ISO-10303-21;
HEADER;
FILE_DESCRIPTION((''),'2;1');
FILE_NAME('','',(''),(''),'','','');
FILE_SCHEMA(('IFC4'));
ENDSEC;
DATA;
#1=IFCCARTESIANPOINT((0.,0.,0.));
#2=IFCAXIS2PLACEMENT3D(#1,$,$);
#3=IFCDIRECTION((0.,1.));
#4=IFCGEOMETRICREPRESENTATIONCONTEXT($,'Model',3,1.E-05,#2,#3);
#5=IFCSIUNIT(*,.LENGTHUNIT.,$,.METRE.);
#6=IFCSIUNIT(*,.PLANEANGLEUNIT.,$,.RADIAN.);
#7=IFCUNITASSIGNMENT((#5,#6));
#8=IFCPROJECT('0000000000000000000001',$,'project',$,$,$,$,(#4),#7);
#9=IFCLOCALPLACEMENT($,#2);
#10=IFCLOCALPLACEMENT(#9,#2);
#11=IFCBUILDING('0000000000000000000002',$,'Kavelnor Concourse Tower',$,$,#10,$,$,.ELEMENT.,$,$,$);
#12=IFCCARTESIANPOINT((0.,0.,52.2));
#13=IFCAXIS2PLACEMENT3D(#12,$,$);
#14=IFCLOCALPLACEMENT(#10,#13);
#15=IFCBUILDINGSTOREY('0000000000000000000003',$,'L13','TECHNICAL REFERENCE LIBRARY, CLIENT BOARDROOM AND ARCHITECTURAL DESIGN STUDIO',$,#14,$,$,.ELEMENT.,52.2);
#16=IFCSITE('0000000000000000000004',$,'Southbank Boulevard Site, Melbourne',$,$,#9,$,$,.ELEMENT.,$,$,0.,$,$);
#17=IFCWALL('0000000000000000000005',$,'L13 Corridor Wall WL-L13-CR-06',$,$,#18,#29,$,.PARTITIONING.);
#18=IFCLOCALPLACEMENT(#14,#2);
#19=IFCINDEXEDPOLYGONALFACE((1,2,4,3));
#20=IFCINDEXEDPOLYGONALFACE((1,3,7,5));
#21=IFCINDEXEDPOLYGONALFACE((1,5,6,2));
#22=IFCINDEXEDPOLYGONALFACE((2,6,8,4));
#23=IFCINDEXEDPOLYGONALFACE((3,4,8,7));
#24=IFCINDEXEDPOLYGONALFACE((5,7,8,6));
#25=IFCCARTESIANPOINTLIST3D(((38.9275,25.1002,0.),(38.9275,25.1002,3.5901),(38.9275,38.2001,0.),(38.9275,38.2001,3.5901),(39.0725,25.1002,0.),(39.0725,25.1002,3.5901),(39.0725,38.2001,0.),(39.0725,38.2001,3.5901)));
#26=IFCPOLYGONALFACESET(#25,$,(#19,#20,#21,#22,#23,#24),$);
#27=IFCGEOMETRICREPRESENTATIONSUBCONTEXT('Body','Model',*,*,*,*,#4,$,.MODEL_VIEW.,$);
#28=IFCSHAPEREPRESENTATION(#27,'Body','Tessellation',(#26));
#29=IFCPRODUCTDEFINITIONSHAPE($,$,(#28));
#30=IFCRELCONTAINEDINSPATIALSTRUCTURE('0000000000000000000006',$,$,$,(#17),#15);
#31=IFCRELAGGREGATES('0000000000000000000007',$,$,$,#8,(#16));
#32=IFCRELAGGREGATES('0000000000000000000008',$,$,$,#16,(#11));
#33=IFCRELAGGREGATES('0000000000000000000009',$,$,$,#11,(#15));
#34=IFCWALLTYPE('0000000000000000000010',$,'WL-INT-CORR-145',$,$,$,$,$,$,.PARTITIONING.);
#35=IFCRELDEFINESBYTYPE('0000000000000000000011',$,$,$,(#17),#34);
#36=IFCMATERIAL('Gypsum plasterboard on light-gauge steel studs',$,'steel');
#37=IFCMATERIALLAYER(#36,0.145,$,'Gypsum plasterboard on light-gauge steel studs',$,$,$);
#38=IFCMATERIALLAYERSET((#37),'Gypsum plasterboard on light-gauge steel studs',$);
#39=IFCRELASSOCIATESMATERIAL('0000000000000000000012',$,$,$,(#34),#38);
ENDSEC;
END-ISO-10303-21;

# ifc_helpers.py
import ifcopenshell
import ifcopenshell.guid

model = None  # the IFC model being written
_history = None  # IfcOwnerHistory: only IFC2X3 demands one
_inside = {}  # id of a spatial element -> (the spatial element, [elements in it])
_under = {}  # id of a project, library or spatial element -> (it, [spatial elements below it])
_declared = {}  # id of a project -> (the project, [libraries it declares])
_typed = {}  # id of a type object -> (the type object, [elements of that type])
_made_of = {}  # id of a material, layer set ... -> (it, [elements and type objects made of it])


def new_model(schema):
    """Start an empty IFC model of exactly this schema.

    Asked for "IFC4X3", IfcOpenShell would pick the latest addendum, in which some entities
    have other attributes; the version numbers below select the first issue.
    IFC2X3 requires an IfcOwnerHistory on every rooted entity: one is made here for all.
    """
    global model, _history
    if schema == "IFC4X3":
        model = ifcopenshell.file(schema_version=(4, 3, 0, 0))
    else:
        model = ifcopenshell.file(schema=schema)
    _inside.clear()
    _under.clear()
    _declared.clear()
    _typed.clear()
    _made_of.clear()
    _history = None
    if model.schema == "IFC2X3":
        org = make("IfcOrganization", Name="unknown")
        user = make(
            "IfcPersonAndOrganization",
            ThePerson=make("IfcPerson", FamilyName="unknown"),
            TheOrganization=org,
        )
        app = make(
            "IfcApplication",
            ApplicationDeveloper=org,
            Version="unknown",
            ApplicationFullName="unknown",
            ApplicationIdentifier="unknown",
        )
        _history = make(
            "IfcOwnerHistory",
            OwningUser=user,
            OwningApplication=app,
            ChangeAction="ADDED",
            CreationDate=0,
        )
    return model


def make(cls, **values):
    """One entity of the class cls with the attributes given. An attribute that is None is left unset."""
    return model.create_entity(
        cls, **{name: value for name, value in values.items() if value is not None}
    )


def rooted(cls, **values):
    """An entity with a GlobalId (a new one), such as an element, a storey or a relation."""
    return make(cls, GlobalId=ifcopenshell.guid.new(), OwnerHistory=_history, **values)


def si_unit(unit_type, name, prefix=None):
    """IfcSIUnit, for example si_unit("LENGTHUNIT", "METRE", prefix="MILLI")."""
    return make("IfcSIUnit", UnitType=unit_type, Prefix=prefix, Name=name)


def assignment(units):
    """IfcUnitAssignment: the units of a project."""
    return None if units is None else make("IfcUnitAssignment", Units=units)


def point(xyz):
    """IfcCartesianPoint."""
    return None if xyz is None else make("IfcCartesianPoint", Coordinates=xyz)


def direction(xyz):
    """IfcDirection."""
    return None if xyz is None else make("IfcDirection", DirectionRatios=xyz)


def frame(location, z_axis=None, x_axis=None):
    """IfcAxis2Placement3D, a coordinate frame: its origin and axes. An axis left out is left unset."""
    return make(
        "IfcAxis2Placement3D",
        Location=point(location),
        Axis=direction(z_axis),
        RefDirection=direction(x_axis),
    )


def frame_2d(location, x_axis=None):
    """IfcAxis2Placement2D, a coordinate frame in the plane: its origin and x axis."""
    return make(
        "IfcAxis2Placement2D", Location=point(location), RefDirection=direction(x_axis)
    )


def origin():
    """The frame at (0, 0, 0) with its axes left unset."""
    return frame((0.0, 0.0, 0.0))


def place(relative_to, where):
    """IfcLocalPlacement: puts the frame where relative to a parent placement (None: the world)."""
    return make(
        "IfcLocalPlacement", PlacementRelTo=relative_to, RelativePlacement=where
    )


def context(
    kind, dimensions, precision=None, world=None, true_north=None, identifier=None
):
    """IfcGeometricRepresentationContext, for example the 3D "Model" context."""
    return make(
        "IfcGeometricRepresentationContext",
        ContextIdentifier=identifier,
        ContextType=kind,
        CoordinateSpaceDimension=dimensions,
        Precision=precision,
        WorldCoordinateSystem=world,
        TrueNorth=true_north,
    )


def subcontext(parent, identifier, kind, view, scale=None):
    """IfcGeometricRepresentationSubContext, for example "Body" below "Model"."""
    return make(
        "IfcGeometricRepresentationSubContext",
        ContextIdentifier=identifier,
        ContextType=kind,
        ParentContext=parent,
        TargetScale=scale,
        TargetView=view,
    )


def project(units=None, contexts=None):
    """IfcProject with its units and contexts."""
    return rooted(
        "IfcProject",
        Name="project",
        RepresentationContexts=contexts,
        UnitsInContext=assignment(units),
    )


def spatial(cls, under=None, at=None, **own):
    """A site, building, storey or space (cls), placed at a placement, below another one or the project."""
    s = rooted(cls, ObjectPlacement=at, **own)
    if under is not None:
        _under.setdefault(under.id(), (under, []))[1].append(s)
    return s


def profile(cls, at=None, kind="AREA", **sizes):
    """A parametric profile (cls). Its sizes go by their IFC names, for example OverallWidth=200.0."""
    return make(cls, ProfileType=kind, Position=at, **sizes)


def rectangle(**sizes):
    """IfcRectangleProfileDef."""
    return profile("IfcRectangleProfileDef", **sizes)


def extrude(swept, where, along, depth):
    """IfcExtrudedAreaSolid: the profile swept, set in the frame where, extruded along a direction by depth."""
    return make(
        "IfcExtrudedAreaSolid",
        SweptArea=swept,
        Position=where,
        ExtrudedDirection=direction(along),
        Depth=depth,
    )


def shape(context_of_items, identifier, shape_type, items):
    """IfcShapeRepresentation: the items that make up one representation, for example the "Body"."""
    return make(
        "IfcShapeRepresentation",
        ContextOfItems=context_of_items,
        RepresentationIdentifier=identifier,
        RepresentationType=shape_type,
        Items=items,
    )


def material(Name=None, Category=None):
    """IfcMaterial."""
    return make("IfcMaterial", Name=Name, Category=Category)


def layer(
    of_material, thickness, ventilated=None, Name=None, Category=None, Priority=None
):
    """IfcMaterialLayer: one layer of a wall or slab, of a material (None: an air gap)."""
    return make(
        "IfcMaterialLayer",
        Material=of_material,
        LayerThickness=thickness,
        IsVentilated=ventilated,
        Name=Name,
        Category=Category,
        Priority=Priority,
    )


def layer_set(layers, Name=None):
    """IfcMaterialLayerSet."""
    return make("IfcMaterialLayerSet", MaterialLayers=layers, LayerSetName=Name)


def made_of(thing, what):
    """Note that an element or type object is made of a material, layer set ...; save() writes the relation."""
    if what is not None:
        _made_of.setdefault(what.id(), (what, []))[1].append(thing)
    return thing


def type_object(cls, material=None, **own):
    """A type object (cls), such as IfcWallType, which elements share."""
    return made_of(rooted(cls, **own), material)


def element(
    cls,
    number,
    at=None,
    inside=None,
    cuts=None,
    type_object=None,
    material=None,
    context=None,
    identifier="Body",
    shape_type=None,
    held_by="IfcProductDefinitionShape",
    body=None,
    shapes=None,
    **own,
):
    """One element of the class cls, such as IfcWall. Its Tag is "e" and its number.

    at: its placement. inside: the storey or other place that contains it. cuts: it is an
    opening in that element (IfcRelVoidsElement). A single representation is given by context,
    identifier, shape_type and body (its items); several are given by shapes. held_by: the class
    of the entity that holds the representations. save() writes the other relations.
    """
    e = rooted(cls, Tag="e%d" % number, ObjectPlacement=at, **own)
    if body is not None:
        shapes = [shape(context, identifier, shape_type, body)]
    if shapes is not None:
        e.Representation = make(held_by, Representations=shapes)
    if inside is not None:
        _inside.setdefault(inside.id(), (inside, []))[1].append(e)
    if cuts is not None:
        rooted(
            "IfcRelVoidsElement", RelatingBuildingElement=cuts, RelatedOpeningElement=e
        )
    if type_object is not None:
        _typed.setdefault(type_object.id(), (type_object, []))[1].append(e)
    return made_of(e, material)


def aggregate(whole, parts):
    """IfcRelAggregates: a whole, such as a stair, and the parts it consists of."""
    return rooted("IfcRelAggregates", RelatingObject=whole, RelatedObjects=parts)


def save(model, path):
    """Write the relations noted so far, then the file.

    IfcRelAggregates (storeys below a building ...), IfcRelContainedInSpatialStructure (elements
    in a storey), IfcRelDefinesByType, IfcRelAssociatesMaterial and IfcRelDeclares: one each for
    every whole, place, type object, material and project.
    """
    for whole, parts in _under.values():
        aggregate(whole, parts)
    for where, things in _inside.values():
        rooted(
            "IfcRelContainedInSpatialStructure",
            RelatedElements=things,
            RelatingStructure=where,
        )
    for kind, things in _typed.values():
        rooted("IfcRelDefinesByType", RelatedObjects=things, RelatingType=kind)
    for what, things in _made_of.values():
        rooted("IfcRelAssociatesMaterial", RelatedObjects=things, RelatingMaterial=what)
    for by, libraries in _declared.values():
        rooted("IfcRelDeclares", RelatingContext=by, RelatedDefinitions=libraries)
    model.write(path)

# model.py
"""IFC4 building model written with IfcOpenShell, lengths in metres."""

from ifc_helpers import new_model, si_unit, direction, frame, frame_2d, origin, place, context, subcontext, project, spatial, rectangle, extrude, material, layer, layer_set, type_object, element, save


model = new_model("IFC4")

# Units and contexts
model_context = context("Model", 3, precision=1e-05, world=origin(), true_north=direction((0.0, 1.0)))
body_context = subcontext(model_context, "Body", "Model", "MODEL_VIEW")
ifc_project = project(units=[si_unit("LENGTHUNIT", "METRE"), si_unit("PLANEANGLEUNIT", "RADIAN")], contexts=[model_context])

# Site, building, storey
site_placement = place(None, origin())
site = spatial("IfcSite", under=ifc_project, at=site_placement, Name="Southbank Boulevard Site, Melbourne", CompositionType="ELEMENT", RefElevation=0.0)
building_placement = place(site_placement, origin())
building = spatial("IfcBuilding", under=site, at=building_placement, Name="Kavelnor Concourse Tower", CompositionType="ELEMENT")
storey_placement = place(building_placement, frame((0.0, 0.0, 52.2)))
storey = spatial("IfcBuildingStorey", under=building, at=storey_placement, Name="L13", Description="TECHNICAL REFERENCE LIBRARY, CLIENT BOARDROOM AND ARCHITECTURAL DESIGN STUDIO", CompositionType="ELEMENT", Elevation=52.2)

# Wall
ifc_material_1 = material(Name="Gypsum plasterboard on light-gauge steel studs", Category="steel")
ifc_layer_1 = layer(ifc_material_1, 0.145, Name="Gypsum plasterboard on light-gauge steel studs")
ifc_layer_set_1 = layer_set([ifc_layer_1], Name="Gypsum plasterboard on light-gauge steel studs")
wall_type_1 = type_object("IfcWallType", Name="WL-INT-CORR-145", PredefinedType="PARTITIONING", material=ifc_layer_set_1)
wall_1_placement = place(storey_placement, frame((39.0, 38.2, 0.0), z_axis=(0.0, 0.0, 1.0), x_axis=(0.0, -1.0, 0.0)))
element("IfcWall", 1, at=wall_1_placement, inside=storey, type_object=wall_type_1, Name="L13 Corridor Wall WL-L13-CR-06", PredefinedType="PARTITIONING", context=body_context, shape_type="SweptSolid", body=[
    extrude(rectangle(XDim=13.0999, YDim=0.145, at=frame_2d((6.5498, 0.0))), origin(), (0.0, 0.0, 1.0), 3.5901),
])

save(model, "model.ifc")
